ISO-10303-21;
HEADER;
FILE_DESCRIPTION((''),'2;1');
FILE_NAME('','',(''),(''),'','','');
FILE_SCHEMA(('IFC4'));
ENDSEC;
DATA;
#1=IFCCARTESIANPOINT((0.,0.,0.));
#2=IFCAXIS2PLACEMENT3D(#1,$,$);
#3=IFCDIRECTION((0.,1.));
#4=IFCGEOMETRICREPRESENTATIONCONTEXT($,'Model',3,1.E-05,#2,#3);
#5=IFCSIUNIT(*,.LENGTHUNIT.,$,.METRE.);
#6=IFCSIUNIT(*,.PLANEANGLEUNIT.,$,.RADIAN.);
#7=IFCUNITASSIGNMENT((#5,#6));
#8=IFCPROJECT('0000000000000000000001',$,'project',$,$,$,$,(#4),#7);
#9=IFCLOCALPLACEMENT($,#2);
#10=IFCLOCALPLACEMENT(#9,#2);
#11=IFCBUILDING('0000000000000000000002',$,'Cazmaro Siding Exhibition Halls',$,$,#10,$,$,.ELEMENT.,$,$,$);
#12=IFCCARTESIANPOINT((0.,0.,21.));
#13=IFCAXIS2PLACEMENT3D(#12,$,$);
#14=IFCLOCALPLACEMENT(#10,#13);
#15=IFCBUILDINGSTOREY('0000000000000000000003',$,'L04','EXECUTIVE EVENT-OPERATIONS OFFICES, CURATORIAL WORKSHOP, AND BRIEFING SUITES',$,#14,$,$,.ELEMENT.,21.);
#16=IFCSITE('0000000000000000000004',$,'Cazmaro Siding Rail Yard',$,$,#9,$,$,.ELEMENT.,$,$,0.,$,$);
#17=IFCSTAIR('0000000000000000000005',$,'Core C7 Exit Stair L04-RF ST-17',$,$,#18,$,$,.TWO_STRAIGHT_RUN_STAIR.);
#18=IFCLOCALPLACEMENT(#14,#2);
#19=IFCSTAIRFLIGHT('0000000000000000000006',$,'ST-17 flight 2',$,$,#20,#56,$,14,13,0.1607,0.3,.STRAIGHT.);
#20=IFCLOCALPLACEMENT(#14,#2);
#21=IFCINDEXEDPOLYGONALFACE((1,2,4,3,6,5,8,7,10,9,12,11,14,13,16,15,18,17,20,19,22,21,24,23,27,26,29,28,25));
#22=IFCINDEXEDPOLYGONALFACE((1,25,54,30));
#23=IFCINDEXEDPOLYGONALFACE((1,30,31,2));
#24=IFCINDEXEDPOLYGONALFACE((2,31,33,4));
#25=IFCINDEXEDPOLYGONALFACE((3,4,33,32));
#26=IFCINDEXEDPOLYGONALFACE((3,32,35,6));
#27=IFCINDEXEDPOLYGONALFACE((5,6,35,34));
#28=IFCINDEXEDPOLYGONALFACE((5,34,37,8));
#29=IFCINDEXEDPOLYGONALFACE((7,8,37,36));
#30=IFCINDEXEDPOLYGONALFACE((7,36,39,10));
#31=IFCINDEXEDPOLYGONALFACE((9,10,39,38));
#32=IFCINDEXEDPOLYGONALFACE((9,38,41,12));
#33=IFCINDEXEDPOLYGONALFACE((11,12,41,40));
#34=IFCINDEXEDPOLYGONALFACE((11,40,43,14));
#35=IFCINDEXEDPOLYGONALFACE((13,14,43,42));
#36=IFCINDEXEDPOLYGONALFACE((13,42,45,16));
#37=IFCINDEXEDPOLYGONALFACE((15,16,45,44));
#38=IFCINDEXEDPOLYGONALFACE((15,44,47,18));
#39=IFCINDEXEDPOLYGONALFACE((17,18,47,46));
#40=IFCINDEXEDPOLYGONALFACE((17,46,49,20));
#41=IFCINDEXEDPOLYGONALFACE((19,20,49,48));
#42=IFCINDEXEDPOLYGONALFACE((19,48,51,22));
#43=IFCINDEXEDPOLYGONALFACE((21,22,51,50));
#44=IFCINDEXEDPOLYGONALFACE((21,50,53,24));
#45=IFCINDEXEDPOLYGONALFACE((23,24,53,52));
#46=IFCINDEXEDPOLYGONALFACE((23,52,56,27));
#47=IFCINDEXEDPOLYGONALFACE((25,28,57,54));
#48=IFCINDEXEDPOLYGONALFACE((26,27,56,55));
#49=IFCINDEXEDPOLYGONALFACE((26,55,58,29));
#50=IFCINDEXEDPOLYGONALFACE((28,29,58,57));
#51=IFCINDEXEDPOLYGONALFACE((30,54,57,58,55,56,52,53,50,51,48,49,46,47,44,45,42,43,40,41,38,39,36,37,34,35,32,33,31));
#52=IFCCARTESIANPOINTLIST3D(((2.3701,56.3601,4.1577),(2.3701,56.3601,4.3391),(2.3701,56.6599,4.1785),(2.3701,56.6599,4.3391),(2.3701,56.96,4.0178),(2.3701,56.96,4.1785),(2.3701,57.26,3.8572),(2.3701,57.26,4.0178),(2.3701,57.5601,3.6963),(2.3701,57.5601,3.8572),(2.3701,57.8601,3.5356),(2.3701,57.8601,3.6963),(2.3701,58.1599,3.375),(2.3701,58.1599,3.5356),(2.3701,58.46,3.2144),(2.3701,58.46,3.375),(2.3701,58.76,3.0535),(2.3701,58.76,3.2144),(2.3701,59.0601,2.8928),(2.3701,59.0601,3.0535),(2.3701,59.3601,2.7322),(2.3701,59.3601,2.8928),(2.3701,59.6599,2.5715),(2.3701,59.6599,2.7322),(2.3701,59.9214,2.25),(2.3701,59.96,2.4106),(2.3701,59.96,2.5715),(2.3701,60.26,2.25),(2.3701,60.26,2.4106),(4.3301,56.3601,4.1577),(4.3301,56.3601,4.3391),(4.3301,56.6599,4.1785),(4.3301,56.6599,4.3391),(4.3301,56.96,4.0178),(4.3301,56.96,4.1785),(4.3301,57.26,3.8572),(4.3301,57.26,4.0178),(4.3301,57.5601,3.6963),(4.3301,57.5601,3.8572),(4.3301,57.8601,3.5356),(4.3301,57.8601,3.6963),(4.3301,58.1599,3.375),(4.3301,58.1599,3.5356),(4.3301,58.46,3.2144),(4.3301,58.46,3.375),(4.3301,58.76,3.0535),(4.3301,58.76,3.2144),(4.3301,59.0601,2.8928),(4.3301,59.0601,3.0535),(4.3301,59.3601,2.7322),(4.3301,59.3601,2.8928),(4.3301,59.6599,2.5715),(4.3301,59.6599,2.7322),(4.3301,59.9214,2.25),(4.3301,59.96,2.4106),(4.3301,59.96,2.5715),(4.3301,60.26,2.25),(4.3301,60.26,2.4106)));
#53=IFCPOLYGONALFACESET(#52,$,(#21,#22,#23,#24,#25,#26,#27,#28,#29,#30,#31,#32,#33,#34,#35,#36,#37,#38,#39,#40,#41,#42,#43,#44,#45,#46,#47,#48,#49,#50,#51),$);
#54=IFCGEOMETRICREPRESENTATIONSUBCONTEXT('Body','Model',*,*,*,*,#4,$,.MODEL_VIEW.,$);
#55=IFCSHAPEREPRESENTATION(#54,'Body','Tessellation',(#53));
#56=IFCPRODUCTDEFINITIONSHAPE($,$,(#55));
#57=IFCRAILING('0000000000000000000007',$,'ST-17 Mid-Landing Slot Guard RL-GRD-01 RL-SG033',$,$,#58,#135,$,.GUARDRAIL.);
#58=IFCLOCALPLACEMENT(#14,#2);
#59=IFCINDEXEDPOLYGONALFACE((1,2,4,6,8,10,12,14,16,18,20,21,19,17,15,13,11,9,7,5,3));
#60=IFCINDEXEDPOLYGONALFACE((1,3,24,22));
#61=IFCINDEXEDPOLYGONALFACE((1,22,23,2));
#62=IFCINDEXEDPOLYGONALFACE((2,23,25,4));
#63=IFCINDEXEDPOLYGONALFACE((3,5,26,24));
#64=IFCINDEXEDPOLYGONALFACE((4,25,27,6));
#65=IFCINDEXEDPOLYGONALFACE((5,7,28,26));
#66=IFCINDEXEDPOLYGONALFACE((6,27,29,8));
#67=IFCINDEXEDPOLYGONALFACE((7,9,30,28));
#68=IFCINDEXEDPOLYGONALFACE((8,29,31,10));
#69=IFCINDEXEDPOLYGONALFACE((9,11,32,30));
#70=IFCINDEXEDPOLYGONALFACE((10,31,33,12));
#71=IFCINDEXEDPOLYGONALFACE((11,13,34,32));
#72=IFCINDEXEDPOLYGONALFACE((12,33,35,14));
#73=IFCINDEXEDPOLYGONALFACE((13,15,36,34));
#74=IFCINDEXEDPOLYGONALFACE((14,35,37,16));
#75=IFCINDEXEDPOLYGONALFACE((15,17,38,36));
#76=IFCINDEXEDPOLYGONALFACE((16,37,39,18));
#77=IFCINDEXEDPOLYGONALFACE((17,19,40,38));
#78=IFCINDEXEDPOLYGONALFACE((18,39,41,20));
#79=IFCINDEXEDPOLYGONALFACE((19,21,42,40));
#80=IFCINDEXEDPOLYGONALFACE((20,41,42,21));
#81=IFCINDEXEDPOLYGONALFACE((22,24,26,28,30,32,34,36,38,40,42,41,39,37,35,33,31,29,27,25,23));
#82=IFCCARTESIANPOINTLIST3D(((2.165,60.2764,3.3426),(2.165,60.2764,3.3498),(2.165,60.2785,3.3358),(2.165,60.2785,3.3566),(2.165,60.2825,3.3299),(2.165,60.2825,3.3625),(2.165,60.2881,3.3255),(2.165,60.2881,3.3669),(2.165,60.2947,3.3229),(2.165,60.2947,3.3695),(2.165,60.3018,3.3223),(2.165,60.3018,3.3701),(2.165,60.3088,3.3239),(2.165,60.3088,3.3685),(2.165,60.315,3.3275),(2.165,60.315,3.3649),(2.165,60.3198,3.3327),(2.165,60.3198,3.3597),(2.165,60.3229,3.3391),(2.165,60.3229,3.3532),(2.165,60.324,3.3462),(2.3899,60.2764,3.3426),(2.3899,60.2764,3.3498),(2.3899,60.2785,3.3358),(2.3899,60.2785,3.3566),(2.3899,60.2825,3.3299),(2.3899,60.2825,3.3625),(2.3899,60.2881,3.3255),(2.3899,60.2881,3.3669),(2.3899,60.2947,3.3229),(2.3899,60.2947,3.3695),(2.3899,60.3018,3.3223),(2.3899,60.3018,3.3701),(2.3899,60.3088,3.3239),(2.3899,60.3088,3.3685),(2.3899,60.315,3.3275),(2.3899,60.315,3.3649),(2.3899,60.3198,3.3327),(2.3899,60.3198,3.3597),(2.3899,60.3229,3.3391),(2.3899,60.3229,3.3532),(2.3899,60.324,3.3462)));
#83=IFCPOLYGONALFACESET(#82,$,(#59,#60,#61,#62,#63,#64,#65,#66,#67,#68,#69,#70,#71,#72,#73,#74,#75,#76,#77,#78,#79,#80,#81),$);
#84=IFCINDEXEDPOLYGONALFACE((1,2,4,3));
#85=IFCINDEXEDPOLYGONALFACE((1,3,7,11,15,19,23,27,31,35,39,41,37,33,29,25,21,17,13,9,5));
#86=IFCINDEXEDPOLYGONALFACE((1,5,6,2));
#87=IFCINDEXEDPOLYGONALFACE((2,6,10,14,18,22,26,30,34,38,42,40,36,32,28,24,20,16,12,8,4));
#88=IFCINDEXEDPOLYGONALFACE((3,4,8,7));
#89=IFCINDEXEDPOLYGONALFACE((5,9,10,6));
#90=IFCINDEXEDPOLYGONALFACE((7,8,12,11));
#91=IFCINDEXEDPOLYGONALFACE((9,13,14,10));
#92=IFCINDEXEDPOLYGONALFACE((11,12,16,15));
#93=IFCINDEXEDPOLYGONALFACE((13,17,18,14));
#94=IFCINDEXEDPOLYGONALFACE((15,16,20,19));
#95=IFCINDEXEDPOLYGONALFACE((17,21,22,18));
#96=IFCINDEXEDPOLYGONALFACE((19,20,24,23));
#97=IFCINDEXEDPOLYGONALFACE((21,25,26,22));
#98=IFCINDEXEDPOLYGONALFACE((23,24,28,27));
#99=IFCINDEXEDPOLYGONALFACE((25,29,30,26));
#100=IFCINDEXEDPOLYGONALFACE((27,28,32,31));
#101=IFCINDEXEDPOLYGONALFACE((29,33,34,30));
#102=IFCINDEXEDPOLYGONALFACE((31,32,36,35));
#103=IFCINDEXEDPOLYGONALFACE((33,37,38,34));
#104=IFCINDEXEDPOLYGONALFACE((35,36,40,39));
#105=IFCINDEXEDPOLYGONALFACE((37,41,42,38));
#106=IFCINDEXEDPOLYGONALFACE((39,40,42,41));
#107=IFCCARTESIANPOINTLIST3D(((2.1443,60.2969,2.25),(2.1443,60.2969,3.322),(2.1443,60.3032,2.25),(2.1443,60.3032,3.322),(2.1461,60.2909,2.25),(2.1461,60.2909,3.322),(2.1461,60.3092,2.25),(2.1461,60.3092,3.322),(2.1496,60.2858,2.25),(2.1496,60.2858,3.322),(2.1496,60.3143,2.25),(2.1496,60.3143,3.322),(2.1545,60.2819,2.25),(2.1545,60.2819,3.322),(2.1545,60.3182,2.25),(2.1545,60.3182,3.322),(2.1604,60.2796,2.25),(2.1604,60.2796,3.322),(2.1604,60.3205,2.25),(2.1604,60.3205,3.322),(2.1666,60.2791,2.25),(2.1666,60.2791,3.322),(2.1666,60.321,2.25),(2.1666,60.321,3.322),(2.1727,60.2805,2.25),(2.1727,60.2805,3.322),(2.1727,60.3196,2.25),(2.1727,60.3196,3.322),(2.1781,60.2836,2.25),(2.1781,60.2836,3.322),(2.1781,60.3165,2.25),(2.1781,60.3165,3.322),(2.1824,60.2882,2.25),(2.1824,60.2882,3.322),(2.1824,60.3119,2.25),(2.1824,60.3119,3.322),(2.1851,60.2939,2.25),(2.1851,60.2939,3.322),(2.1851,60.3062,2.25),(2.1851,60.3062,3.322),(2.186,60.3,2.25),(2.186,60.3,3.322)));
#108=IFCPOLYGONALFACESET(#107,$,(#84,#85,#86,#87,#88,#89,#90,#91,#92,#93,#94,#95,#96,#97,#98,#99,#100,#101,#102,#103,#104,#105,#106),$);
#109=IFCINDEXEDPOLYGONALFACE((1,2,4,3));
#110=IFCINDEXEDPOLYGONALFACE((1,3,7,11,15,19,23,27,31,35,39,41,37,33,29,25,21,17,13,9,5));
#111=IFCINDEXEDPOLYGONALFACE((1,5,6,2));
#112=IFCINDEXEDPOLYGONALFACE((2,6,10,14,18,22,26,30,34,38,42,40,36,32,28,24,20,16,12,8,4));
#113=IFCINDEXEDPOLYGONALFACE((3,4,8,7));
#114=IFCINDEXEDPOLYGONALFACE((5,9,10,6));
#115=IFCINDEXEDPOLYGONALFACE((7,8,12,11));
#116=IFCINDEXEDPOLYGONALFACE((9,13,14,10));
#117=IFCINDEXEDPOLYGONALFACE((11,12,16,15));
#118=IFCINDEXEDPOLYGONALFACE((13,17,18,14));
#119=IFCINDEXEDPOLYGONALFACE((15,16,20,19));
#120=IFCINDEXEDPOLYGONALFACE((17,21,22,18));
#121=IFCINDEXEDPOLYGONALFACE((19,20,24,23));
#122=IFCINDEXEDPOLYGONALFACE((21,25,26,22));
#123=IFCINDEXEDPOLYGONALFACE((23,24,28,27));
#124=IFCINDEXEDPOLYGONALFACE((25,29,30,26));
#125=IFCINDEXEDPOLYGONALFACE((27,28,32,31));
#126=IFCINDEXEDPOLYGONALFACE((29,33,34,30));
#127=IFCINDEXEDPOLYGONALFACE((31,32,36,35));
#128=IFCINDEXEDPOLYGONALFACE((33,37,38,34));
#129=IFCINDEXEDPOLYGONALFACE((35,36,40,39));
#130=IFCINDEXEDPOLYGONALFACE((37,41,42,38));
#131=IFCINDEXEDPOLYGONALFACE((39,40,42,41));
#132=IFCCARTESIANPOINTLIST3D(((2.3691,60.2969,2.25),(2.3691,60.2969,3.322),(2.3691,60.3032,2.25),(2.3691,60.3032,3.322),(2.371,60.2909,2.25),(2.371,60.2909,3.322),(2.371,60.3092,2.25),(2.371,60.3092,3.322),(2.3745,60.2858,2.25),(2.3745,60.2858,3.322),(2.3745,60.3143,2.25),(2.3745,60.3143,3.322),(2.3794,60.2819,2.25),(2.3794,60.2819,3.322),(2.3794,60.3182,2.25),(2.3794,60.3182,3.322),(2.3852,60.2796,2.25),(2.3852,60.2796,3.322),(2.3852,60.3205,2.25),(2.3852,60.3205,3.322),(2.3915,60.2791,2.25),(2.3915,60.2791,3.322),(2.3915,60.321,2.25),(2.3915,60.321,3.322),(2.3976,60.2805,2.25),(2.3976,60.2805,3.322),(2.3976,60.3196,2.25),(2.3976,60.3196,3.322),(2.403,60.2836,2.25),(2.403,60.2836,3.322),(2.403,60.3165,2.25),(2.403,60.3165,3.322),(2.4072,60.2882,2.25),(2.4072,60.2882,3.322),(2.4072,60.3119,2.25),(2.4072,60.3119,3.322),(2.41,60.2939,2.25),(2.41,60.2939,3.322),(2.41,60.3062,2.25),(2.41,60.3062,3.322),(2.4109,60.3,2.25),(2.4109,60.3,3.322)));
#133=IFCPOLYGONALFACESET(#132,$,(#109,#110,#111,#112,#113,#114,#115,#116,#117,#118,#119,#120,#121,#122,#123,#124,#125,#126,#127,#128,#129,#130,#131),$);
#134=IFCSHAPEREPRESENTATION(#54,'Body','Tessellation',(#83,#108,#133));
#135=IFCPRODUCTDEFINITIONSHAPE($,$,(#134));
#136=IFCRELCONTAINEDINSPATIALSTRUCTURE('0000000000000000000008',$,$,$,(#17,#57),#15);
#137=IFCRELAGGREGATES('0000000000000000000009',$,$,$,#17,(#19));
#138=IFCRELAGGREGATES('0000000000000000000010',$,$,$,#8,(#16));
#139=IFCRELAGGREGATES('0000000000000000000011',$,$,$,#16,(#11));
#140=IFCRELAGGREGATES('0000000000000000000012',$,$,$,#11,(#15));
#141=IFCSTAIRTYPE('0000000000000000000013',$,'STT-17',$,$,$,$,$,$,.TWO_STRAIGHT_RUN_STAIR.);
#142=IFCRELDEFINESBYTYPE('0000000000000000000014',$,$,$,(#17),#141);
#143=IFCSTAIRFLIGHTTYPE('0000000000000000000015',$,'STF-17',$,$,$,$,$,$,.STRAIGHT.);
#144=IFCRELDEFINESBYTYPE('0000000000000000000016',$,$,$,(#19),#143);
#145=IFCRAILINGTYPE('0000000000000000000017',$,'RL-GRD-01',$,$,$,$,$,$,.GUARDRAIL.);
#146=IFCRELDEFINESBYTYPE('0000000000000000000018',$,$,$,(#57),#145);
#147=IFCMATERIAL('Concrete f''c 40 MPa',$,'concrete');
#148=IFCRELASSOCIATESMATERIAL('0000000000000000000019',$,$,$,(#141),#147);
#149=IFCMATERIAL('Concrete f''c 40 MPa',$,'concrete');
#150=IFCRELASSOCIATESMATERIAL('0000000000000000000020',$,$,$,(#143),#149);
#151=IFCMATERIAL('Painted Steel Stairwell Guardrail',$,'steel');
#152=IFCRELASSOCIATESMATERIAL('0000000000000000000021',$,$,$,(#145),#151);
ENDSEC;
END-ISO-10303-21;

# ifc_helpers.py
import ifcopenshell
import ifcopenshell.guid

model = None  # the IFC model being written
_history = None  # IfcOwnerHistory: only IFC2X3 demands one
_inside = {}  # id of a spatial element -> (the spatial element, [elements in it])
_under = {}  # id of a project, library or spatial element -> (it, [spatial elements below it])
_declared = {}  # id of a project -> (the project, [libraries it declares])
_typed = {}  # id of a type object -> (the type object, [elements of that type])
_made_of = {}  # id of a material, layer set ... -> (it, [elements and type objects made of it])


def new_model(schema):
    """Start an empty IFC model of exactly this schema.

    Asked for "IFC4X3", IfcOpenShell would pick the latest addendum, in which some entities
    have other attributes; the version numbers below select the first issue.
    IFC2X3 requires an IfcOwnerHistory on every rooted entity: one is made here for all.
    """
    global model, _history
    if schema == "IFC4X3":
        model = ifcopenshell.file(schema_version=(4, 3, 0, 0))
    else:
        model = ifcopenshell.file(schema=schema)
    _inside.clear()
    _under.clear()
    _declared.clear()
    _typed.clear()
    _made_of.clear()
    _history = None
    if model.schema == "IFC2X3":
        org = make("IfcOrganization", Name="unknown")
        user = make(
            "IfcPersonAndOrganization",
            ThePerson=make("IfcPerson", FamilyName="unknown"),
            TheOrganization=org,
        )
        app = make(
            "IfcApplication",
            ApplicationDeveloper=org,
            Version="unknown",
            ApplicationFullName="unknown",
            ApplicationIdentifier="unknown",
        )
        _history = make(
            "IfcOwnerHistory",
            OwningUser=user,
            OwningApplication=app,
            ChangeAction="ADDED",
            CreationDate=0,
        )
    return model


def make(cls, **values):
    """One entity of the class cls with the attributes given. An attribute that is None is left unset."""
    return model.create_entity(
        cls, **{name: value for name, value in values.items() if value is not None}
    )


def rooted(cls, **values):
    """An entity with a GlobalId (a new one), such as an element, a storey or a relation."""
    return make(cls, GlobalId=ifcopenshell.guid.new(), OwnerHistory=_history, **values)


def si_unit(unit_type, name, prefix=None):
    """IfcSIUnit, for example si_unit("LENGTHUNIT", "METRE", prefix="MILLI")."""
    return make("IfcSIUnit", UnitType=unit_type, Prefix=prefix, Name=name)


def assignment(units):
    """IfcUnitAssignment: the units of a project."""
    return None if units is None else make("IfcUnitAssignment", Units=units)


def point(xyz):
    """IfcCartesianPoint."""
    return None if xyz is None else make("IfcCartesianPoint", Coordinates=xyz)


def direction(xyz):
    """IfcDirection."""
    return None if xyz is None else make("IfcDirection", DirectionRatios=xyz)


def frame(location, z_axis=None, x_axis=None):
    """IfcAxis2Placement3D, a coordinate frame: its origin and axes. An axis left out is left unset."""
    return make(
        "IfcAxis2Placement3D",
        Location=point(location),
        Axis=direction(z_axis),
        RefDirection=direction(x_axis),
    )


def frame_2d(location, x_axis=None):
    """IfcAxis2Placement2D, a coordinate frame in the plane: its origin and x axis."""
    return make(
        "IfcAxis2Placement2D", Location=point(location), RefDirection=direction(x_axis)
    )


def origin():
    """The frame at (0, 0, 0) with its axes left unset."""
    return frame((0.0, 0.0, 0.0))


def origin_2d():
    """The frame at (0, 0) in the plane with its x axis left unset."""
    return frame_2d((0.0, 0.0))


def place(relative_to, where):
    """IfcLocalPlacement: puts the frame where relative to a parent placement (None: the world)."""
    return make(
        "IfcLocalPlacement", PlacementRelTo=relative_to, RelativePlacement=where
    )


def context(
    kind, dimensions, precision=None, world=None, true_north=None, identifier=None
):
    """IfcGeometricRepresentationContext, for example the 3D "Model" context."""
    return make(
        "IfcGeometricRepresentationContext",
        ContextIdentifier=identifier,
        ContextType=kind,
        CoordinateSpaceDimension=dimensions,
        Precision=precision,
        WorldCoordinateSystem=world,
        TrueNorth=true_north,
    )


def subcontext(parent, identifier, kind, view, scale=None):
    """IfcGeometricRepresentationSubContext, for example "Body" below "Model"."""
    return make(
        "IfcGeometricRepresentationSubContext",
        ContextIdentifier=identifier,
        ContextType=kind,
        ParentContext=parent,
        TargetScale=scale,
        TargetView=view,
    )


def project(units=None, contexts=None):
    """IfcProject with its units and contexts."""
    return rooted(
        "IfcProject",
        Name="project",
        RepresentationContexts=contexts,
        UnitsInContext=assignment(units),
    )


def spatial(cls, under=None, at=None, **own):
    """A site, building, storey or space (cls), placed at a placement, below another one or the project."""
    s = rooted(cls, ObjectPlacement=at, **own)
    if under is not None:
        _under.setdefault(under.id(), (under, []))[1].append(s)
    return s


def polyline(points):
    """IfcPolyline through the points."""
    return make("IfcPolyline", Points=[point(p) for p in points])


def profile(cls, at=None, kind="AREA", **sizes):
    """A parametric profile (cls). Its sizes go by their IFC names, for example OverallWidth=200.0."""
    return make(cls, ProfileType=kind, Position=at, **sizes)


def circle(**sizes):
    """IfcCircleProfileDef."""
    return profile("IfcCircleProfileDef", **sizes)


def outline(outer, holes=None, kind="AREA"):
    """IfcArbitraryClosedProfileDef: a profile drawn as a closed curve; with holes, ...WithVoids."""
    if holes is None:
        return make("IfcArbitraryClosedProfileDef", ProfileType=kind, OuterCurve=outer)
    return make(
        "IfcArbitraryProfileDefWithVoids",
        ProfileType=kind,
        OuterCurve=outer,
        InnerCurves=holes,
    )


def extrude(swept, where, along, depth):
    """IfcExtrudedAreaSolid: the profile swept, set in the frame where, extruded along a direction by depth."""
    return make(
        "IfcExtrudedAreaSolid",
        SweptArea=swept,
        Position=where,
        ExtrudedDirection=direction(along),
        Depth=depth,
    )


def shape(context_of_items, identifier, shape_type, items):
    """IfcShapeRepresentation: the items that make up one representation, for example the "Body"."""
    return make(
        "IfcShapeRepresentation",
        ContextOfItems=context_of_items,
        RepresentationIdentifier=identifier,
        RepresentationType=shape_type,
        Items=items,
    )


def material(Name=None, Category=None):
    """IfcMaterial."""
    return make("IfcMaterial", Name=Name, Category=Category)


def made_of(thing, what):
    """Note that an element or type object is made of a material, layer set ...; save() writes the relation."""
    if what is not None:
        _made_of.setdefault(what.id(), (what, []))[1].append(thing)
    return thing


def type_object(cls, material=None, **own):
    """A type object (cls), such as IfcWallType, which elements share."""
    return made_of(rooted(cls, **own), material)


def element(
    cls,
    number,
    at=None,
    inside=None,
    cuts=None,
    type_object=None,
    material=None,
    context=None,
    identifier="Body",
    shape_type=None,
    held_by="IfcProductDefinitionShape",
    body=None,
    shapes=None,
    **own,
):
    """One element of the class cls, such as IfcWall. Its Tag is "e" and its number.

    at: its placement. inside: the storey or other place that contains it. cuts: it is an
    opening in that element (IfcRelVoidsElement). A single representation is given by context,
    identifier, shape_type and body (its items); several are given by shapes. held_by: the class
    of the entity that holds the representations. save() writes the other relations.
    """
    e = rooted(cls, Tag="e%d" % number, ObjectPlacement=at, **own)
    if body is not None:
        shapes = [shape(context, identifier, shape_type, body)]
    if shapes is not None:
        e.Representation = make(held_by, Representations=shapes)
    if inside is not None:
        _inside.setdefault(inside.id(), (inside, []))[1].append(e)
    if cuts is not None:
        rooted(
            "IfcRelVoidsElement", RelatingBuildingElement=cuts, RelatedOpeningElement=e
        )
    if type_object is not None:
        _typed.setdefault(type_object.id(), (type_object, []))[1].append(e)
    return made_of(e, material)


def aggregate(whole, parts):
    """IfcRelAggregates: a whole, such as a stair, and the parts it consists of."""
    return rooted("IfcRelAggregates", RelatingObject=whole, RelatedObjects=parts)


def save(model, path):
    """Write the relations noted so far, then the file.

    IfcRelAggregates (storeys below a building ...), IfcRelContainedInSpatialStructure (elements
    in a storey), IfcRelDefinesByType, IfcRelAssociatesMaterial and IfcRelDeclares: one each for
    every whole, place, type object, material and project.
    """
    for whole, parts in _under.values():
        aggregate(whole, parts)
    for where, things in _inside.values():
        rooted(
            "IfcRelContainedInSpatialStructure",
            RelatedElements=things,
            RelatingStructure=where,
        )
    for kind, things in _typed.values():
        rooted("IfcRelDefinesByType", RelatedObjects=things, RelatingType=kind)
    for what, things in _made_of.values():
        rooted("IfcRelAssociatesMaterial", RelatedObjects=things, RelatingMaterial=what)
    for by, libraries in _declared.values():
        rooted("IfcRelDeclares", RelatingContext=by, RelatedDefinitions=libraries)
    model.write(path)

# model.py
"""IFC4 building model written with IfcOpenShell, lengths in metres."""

from ifc_helpers import new_model, si_unit, direction, frame, origin, origin_2d, place, context, subcontext, project, spatial, polyline, circle, outline, extrude, material, type_object, element, aggregate, save


model = new_model("IFC4")

# Units and contexts
model_context = context("Model", 3, precision=1e-05, world=origin(), true_north=direction((0.0, 1.0)))
body_context = subcontext(model_context, "Body", "Model", "MODEL_VIEW")
ifc_project = project(units=[si_unit("LENGTHUNIT", "METRE"), si_unit("PLANEANGLEUNIT", "RADIAN")], contexts=[model_context])

# Site, building, storey
site_placement = place(None, origin())
site = spatial("IfcSite", under=ifc_project, at=site_placement, Name="Cazmaro Siding Rail Yard", CompositionType="ELEMENT", RefElevation=0.0)
building_placement = place(site_placement, origin())
building = spatial("IfcBuilding", under=site, at=building_placement, Name="Cazmaro Siding Exhibition Halls", CompositionType="ELEMENT")
storey_placement = place(building_placement, frame((0.0, 0.0, 21.0)))
storey = spatial("IfcBuildingStorey", under=building, at=storey_placement, Name="L04", Description="EXECUTIVE EVENT-OPERATIONS OFFICES, CURATORIAL WORKSHOP, AND BRIEFING SUITES", CompositionType="ELEMENT", Elevation=21.0)

# Stair, stair flight
ifc_material_1 = material(Name="Concrete f'c 40 MPa", Category="concrete")
stair_type = type_object("IfcStairType", Name="STT-17", PredefinedType="TWO_STRAIGHT_RUN_STAIR", material=ifc_material_1)
stair_placement = place(storey_placement, origin())
stair = element("IfcStair", 1, at=stair_placement, inside=storey, type_object=stair_type, Name="Core C7 Exit Stair L04-RF ST-17", PredefinedType="TWO_STRAIGHT_RUN_STAIR")
ifc_material_2 = material(Name="Concrete f'c 40 MPa", Category="concrete")
stair_flight_type = type_object("IfcStairFlightType", Name="STF-17", PredefinedType="STRAIGHT", material=ifc_material_2)
stair_flight_placement = place(storey_placement, frame((3.3501, 60.26, 2.25), z_axis=(0.0, 0.0, 1.0), x_axis=(0.0, -1.0, 0.0)))
stair_flight = element("IfcStairFlight", 2, at=stair_flight_placement, type_object=stair_flight_type, Name="ST-17 flight 2", NumberOfRisers=14, NumberOfTreads=13, PredefinedType="STRAIGHT", RiserHeight=0.1607, TreadLength=0.3, context=body_context, shape_type="SweptSolid", body=[
    extrude(outline(polyline([(0.0, 0.0), (0.0, 0.1606), (0.3, 0.1606), (0.3, 0.3215), (0.6001, 0.3215), (0.6001, 0.4822), (0.8999, 0.4822), (0.8999, 0.6428), (1.2, 0.6428), (1.2, 0.8035), (1.5, 0.8035), (1.5, 0.9644), (1.8, 0.9644), (1.8, 1.125), (2.1001, 1.125), (2.1001, 1.2856), (2.3999, 1.2856), (2.3999, 1.4463), (2.7, 1.4463), (2.7, 1.6072), (3.0, 1.6072), (3.0, 1.7678), (3.3, 1.7678), (3.3, 1.9285), (3.6001, 1.9285), (3.6001, 2.0891), (3.8999, 2.0891), (3.8999, 2.25), (3.8999, 1.9077), (0.3386, 0.0), (0.0, 0.0)])), frame((0.0, 0.98, 0.0), z_axis=(0.0, -1.0, 0.0), x_axis=(1.0, 0.0, 0.0)), (0.0, 0.0, 1.0), 1.96),
])
aggregate(stair, [stair_flight])

# Railing
ifc_material_3 = material(Name="Painted Steel Stairwell Guardrail", Category="steel")
railing_type_1 = type_object("IfcRailingType", Name="RL-GRD-01", PredefinedType="GUARDRAIL", material=ifc_material_3)
railing_1_placement = place(storey_placement, frame((2.165, 60.3, 2.25)))
element("IfcRailing", 3, at=railing_1_placement, inside=storey, type_object=railing_type_1, Name="ST-17 Mid-Landing Slot Guard RL-GRD-01 RL-SG033", PredefinedType="GUARDRAIL", context=body_context, shape_type="SweptSolid", body=[
    extrude(circle(Radius=0.0239, at=origin_2d()), frame((0.0, 0.0, 1.0962), z_axis=(1.0, 0.0, 0.0), x_axis=(0.0, 1.0, 0.0)), (0.0, 0.0, 1.0), 0.2249),
    extrude(circle(Radius=0.021, at=origin_2d()), origin(), (0.0, 0.0, 1.0), 1.072),
    extrude(circle(Radius=0.021, at=origin_2d()), frame((0.2249, 0.0, 0.0)), (0.0, 0.0, 1.0), 1.072),
])

save(model, "model.ifc")
